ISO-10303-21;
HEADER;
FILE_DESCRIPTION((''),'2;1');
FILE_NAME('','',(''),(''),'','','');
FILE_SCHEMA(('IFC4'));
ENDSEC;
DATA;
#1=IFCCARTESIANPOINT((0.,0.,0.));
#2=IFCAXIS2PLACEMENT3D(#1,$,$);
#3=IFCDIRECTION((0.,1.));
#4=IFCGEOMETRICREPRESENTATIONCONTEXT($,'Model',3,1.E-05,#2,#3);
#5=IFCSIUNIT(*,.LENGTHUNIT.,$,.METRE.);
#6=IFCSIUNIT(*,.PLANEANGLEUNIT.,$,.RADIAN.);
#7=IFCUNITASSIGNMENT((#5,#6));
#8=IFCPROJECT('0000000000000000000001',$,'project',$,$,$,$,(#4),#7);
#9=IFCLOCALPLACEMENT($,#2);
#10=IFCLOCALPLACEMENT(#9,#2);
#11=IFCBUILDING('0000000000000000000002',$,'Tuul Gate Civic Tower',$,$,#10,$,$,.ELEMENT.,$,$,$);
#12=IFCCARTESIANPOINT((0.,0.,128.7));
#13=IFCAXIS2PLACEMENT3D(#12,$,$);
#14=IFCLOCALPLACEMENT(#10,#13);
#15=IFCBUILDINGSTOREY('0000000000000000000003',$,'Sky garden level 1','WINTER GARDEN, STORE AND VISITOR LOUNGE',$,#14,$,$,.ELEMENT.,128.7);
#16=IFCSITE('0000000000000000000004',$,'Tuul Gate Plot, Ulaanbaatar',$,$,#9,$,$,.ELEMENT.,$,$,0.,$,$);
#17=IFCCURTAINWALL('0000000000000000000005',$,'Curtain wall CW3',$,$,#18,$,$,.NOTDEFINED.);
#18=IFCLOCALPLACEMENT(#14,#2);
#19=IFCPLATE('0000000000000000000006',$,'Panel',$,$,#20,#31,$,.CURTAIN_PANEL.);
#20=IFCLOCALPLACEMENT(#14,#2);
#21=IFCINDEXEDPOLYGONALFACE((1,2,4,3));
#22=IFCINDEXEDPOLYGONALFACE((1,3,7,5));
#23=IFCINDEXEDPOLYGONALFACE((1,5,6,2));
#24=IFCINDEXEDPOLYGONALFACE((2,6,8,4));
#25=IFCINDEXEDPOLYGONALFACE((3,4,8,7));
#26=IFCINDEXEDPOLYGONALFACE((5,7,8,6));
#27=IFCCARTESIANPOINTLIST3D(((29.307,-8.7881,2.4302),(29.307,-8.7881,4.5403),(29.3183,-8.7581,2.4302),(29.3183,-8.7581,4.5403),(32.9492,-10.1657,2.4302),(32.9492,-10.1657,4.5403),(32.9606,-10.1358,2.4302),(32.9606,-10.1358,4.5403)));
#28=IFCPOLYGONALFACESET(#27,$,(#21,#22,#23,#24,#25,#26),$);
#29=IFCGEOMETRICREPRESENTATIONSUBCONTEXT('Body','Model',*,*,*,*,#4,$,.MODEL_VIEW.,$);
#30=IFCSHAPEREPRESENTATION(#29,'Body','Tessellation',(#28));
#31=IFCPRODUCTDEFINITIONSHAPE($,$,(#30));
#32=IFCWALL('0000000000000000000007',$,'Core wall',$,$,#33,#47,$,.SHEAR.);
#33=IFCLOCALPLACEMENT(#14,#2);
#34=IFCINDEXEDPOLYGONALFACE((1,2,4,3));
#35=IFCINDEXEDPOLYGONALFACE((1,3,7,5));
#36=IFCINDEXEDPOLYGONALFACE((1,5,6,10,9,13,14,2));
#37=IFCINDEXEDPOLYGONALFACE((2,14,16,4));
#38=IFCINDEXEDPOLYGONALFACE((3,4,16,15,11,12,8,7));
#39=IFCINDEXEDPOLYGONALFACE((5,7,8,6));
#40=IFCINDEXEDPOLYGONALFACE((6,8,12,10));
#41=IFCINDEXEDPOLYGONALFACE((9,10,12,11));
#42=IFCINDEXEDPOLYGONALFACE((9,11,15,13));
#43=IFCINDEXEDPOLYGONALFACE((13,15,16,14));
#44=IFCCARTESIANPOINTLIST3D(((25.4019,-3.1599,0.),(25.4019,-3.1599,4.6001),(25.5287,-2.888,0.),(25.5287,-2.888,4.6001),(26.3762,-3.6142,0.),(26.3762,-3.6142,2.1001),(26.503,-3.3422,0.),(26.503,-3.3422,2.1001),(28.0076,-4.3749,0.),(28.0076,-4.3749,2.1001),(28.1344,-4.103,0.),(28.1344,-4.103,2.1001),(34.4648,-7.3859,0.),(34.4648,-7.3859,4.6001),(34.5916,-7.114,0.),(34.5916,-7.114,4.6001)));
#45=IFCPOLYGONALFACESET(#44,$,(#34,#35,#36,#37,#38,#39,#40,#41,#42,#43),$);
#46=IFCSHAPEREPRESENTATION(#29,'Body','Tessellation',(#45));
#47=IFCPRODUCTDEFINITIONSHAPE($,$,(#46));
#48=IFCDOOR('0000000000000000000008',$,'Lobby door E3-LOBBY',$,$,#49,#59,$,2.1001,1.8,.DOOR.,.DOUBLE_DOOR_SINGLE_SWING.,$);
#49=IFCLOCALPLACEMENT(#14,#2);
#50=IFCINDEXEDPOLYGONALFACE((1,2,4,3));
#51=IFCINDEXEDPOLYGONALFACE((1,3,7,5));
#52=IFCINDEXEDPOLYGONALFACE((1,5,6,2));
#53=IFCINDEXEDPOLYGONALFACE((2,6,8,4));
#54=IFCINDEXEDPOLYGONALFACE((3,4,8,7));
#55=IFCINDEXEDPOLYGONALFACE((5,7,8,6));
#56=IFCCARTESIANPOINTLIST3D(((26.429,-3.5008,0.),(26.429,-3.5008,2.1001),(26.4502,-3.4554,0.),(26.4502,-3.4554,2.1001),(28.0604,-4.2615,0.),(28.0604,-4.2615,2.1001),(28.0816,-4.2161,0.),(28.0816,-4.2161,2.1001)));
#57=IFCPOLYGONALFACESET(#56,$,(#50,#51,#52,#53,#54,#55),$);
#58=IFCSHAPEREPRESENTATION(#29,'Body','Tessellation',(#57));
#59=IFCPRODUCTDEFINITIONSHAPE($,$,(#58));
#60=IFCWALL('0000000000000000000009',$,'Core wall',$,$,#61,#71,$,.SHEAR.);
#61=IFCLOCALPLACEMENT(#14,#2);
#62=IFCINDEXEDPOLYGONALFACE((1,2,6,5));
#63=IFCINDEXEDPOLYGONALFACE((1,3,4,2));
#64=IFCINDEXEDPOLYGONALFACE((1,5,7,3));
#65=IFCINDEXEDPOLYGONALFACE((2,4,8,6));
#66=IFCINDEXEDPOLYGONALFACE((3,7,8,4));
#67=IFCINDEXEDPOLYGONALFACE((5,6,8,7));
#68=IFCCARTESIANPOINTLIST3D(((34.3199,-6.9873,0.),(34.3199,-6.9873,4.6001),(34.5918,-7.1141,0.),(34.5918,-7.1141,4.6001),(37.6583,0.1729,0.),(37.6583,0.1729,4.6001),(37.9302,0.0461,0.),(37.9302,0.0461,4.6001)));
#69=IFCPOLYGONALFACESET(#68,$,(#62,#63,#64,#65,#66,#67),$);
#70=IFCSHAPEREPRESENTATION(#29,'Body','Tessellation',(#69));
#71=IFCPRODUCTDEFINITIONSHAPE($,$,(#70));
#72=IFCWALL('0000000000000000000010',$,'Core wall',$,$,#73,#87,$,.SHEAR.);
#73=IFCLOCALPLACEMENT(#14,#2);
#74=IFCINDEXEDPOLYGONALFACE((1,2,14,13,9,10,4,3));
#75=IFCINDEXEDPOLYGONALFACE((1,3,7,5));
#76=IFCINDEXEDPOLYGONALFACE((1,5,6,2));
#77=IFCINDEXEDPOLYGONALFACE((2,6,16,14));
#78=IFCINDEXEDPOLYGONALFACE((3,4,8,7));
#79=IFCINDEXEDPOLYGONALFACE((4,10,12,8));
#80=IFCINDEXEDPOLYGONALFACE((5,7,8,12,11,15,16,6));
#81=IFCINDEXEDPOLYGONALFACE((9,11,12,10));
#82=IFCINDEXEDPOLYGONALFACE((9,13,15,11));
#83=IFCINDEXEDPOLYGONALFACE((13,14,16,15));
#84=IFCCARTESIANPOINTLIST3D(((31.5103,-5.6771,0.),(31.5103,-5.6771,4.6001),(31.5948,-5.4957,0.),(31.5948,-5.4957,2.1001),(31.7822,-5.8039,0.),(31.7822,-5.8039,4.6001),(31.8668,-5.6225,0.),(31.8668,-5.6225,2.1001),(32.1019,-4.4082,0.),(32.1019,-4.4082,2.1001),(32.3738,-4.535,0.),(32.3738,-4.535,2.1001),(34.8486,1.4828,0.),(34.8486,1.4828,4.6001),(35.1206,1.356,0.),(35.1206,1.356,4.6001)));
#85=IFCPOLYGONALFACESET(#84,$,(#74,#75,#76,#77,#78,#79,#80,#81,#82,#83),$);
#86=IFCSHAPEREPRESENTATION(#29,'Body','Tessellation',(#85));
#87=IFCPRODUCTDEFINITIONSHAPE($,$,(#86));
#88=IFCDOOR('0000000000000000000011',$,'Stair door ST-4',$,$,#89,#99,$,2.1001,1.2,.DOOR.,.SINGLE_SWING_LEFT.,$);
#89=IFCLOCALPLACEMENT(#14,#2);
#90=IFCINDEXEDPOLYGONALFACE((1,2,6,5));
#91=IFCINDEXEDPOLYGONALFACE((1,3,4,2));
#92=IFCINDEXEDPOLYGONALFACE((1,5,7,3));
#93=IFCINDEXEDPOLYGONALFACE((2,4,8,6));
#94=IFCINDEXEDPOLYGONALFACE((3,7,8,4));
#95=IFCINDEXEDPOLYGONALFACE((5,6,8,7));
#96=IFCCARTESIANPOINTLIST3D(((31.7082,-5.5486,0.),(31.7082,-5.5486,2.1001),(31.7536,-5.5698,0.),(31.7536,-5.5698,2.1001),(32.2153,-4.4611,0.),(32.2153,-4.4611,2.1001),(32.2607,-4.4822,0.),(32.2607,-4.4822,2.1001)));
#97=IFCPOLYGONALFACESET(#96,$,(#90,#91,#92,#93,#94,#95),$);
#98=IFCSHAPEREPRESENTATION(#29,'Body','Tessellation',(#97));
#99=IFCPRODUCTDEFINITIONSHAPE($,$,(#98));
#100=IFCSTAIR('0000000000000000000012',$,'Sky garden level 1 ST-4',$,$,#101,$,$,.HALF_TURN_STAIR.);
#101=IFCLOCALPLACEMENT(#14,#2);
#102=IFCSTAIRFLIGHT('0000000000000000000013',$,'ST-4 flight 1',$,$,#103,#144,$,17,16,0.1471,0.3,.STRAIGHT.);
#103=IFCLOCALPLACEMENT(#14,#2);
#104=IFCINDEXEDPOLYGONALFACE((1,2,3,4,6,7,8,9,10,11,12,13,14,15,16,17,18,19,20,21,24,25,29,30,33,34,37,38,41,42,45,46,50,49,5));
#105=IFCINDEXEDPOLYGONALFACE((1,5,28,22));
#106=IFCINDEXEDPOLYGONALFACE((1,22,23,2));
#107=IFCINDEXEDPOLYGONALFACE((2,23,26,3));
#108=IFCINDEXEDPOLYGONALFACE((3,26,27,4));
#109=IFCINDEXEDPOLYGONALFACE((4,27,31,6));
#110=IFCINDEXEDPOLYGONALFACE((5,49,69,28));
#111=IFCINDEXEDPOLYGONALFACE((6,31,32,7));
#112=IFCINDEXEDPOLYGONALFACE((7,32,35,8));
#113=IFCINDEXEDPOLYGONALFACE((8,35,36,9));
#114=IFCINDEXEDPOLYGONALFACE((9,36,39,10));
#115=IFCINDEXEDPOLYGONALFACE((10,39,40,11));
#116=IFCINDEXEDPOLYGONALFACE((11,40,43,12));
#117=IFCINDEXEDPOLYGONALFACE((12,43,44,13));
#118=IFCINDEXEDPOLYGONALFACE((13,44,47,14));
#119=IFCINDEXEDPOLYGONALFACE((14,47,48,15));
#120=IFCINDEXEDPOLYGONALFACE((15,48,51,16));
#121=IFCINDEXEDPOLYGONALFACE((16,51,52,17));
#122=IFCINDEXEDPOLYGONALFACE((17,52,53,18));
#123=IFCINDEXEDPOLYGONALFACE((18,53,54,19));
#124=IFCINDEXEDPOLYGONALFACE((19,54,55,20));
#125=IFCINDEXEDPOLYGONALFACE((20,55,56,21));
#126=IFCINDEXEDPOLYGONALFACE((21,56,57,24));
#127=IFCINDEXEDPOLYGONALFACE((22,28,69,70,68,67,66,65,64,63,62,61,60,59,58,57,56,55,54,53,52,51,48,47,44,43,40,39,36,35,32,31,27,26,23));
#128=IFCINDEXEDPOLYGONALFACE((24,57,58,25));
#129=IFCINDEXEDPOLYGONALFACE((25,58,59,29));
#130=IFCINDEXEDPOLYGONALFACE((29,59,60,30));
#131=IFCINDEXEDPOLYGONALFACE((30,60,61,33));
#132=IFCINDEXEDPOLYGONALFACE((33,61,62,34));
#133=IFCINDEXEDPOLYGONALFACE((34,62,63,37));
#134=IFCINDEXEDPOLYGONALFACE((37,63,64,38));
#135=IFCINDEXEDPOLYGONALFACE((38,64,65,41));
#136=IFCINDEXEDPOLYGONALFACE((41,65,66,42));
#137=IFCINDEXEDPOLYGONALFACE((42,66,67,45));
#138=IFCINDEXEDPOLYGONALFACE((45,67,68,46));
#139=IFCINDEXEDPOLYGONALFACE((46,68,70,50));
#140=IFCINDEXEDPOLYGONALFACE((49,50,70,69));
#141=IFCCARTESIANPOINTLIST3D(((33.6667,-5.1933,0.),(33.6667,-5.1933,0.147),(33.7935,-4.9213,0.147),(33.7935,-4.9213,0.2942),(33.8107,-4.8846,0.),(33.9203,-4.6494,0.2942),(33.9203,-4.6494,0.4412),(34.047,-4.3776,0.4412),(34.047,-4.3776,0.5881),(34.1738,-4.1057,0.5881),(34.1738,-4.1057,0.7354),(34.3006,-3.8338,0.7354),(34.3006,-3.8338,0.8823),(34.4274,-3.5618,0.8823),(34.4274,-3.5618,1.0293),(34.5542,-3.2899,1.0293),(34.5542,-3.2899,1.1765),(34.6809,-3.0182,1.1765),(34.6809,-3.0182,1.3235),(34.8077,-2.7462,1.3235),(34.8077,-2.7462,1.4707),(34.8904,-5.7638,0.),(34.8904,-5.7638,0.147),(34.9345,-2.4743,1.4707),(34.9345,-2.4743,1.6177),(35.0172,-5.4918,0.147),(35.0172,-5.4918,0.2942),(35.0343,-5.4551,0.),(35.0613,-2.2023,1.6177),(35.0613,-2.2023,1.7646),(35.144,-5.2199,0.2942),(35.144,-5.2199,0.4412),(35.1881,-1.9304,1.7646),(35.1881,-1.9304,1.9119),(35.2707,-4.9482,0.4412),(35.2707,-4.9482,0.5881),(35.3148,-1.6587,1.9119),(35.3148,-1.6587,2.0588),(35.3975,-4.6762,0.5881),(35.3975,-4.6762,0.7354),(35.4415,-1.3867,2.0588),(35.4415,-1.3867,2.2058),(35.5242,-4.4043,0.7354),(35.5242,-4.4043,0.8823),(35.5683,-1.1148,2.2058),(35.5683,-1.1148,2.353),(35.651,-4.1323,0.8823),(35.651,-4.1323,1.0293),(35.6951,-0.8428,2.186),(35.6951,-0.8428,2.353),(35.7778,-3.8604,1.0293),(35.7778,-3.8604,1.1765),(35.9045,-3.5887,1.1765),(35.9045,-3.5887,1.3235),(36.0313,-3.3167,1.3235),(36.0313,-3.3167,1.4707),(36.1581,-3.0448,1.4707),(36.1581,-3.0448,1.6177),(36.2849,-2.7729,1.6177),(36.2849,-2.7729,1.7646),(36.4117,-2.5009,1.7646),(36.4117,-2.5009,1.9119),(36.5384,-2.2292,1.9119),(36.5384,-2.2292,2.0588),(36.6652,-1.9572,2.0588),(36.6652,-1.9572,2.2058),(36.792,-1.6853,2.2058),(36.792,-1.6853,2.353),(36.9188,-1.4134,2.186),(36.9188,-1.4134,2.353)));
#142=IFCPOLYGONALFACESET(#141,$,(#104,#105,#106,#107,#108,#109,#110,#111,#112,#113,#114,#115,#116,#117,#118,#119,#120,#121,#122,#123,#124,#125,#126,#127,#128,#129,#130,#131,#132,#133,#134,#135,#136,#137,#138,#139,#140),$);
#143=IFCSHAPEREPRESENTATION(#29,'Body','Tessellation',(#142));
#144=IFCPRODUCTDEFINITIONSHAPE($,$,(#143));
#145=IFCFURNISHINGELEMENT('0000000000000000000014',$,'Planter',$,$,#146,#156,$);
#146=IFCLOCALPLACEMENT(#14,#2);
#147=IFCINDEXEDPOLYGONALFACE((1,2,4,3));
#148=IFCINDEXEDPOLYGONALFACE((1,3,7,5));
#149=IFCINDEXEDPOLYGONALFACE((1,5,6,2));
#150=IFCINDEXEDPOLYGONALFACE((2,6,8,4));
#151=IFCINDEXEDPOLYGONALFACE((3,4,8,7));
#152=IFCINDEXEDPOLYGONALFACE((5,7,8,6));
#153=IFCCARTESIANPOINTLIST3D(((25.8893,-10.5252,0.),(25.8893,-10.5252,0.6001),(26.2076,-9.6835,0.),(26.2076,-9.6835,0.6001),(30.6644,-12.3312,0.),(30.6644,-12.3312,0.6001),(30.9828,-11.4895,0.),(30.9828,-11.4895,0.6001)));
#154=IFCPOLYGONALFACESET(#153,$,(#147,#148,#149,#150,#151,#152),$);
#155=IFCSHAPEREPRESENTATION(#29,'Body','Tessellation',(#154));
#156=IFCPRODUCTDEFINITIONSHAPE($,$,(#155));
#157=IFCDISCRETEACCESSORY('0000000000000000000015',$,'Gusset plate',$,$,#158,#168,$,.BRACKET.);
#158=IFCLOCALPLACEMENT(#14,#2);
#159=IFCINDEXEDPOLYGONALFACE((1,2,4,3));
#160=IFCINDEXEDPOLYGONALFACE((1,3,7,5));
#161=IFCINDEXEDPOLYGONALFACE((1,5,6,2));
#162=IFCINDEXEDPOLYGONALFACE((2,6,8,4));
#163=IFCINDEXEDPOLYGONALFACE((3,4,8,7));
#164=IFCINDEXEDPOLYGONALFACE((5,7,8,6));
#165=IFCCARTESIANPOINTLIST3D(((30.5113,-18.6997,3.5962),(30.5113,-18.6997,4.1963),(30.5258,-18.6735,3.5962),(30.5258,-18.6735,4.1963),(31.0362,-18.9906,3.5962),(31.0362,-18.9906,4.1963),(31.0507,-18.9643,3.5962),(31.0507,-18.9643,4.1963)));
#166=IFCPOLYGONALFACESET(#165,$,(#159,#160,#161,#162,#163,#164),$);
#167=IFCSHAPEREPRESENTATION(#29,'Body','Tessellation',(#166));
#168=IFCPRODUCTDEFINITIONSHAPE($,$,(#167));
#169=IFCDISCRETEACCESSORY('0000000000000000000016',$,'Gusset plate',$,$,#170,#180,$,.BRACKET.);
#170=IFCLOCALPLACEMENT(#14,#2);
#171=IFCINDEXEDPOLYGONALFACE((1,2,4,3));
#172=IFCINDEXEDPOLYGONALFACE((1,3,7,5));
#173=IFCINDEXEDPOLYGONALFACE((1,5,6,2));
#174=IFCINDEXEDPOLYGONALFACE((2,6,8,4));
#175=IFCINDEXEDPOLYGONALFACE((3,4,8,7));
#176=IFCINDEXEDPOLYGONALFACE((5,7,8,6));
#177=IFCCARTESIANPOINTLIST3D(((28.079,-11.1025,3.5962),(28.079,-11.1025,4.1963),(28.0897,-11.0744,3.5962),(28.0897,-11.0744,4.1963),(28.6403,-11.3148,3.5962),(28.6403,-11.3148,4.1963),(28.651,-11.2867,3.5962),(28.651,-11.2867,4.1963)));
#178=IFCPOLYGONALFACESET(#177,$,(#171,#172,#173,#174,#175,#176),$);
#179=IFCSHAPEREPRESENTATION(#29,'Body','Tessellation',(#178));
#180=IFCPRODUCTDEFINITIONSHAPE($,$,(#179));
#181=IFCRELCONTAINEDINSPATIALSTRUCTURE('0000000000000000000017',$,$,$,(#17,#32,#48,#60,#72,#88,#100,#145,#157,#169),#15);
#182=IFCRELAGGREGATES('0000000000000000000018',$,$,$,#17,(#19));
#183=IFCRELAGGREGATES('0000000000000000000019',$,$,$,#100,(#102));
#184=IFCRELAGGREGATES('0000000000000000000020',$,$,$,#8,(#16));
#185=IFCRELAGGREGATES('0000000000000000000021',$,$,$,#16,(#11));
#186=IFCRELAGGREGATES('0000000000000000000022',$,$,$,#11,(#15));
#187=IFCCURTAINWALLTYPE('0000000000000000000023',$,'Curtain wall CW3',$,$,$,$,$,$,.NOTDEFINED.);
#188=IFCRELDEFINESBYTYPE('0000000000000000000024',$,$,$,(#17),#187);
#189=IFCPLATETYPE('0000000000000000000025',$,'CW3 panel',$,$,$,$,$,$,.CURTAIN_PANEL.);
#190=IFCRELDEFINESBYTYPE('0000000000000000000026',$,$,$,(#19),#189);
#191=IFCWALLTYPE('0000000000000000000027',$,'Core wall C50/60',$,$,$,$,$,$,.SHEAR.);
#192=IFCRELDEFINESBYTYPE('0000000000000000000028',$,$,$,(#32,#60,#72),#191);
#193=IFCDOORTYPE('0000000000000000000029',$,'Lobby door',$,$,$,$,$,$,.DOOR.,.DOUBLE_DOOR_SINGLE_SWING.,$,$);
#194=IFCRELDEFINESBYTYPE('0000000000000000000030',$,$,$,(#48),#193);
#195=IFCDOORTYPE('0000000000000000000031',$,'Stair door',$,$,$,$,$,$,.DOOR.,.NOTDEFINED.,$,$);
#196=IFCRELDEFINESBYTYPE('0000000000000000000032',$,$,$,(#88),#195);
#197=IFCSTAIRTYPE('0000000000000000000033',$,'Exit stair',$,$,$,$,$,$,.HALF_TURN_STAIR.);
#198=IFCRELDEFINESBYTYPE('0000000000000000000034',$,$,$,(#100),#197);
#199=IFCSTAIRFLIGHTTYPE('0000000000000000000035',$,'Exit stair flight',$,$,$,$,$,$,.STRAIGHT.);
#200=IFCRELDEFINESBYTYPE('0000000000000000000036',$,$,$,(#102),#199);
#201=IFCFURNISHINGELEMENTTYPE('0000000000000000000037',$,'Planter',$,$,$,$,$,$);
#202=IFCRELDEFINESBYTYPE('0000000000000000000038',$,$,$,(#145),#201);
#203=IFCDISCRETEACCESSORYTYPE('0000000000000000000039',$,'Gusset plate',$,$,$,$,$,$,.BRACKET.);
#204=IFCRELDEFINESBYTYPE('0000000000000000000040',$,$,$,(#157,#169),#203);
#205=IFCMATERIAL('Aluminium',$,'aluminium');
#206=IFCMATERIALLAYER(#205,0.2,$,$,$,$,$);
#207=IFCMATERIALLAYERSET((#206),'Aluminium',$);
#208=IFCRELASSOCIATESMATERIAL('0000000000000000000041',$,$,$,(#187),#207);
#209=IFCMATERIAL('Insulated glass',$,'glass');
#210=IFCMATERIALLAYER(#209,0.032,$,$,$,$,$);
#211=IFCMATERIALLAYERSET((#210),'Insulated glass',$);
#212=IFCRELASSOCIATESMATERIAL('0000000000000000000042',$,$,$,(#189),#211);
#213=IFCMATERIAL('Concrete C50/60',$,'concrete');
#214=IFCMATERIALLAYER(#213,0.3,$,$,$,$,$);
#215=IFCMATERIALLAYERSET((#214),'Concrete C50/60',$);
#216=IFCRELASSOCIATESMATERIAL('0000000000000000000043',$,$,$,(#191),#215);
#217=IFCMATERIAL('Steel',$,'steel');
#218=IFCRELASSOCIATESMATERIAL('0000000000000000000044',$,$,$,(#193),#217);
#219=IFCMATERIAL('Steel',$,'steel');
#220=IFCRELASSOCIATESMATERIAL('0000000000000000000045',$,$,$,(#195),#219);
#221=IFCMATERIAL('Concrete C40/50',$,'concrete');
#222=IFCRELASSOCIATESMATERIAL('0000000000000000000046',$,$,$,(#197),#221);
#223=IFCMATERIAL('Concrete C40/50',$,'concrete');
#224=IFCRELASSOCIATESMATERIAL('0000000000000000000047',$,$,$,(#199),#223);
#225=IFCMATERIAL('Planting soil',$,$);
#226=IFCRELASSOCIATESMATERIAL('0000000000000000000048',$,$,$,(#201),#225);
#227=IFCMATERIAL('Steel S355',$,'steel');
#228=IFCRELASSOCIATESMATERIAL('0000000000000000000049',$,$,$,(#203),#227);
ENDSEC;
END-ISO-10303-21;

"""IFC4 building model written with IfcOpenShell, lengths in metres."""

from ifc_helpers import new_model, si_unit, direction, frame, frame_2d, origin, origin_2d, place, context, subcontext, project, spatial, polyline, rectangle, outline, extrude, material, layer, layer_set, type_object, element, fill, aggregate, save


model = new_model("IFC4")

# Units and contexts
model_context = context("Model", 3, precision=1e-05, world=origin(), true_north=direction((0.0, 1.0)))
body_context = subcontext(model_context, "Body", "Model", "MODEL_VIEW")
ifc_project = project(units=[si_unit("LENGTHUNIT", "METRE"), si_unit("PLANEANGLEUNIT", "RADIAN")], contexts=[model_context])

# Site, building, storey
site_placement = place(None, origin())
site = spatial("IfcSite", under=ifc_project, at=site_placement, Name="Tuul Gate Plot, Ulaanbaatar", CompositionType="ELEMENT", RefElevation=0.0)
building_placement = place(site_placement, origin())
building = spatial("IfcBuilding", under=site, at=building_placement, Name="Tuul Gate Civic Tower", CompositionType="ELEMENT")
storey_placement = place(building_placement, frame((0.0, 0.0, 128.7)))
storey = spatial("IfcBuildingStorey", under=building, at=storey_placement, Name="Sky garden level 1", Description="WINTER GARDEN, STORE AND VISITOR LOUNGE", CompositionType="ELEMENT", Elevation=128.7)

# Curtain wall
ifc_material_1 = material(Name="Aluminium", Category="aluminium")
ifc_layer_1 = layer(ifc_material_1, 0.2)
ifc_layer_set_1 = layer_set([ifc_layer_1], Name="Aluminium")
curtain_wall_type = type_object("IfcCurtainWallType", Name="Curtain wall CW3", PredefinedType="NOTDEFINED", material=ifc_layer_set_1)
curtain_wall_placement = place(storey_placement, origin())
curtain_wall = element("IfcCurtainWall", 1, at=curtain_wall_placement, inside=storey, type_object=curtain_wall_type, Name="Curtain wall CW3", PredefinedType="NOTDEFINED")

# Plate
ifc_material_2 = material(Name="Insulated glass", Category="glass")
ifc_layer_2 = layer(ifc_material_2, 0.032)
ifc_layer_set_2 = layer_set([ifc_layer_2], Name="Insulated glass")
plate_type = type_object("IfcPlateType", Name="CW3 panel", PredefinedType="CURTAIN_PANEL", material=ifc_layer_set_2)
plate_1_placement = place(storey_placement, frame((31.1338, -9.4619, 2.4302), z_axis=(0.0, 0.0, 1.0), x_axis=(0.93533, -0.353776, 0.0)))
plate_1 = element("IfcPlate", 2, at=plate_1_placement, type_object=plate_type, Name="Panel", PredefinedType="CURTAIN_PANEL", context=body_context, shape_type="SweptSolid", body=[
    extrude(rectangle(XDim=3.894, YDim=0.032, at=origin_2d()), origin(), (0.0, 0.0, 1.0), 2.1101),
])
aggregate(curtain_wall, [plate_1])

# Wall, opening, door
ifc_material_3 = material(Name="Concrete C50/60", Category="concrete")
ifc_layer_3 = layer(ifc_material_3, 0.3)
ifc_layer_set_3 = layer_set([ifc_layer_3], Name="Concrete C50/60")
wall_type_1 = type_object("IfcWallType", Name="Core wall C50/60", PredefinedType="SHEAR", material=ifc_layer_set_3)
wall_1_placement = place(storey_placement, frame((34.5283, -7.25, 0.0), z_axis=(0.0, 0.0, 1.0), x_axis=(-0.90631, 0.422613, 0.0)))
wall_1 = element("IfcWall", 3, at=wall_1_placement, inside=storey, type_object=wall_type_1, Name="Core wall", PredefinedType="SHEAR", context=body_context, shape_type="SweptSolid", body=[
    extrude(rectangle(XDim=9.9998, YDim=0.3, at=frame_2d((5.0, 0.0))), origin(), (0.0, 0.0, 1.0), 4.6001),
])
opening_1_placement = place(wall_1_placement, frame((7.125, 0.0, 0.0)))
opening_1 = element("IfcOpeningElement", 4, at=opening_1_placement, cuts=wall_1, PredefinedType="OPENING", context=body_context, shape_type="SweptSolid", body=[
    extrude(rectangle(XDim=1.8, YDim=2.1001, at=frame_2d((0.8999, 1.05))), frame((0.0, 0.1602, 0.0), z_axis=(0.0, -1.0, 0.0), x_axis=(1.0, 0.0, 0.0)), (0.0, 0.0, 1.0), 0.3201),
])
ifc_material_4 = material(Name="Steel", Category="steel")
door_type_1 = type_object("IfcDoorType", Name="Lobby door", OperationType="DOUBLE_DOOR_SINGLE_SWING", PredefinedType="DOOR", material=ifc_material_4)
door_1_placement = place(opening_1_placement, origin())
door_1 = element("IfcDoor", 5, at=door_1_placement, inside=storey, type_object=door_type_1, Name="Lobby door E3-LOBBY", OperationType="DOUBLE_DOOR_SINGLE_SWING", OverallHeight=2.1001, OverallWidth=1.8, PredefinedType="DOOR", context=body_context, shape_type="SweptSolid", body=[
    extrude(rectangle(XDim=1.8, YDim=2.1001, at=frame_2d((0.8999, 1.05))), frame((0.0, 0.0249, 0.0), z_axis=(0.0, -1.0, 0.0), x_axis=(1.0, 0.0, 0.0)), (0.0, 0.0, 1.0), 0.05),
])
fill(opening_1, door_1)

# Wall
wall_2_placement = place(storey_placement, frame((34.4558, -7.0508, 0.0), z_axis=(0.0, 0.0, 1.0), x_axis=(0.422571, 0.90633, 0.0)))
element("IfcWall", 6, at=wall_2_placement, inside=storey, type_object=wall_type_1, Name="Core wall", PredefinedType="SHEAR", context=body_context, shape_type="SweptSolid", body=[
    extrude(rectangle(XDim=7.9001, YDim=0.3, at=frame_2d((3.9502, 0.0))), origin(), (0.0, 0.0, 1.0), 4.6001),
])

# Wall, opening, door
wall_3_placement = place(storey_placement, frame((31.6462, -5.7405, 0.0), z_axis=(0.0, 0.0, 1.0), x_axis=(0.422583, 0.906324, 0.0)))
wall_3 = element("IfcWall", 7, at=wall_3_placement, inside=storey, type_object=wall_type_1, Name="Core wall", PredefinedType="SHEAR", context=body_context, shape_type="SweptSolid", body=[
    extrude(rectangle(XDim=7.8999, YDim=0.3, at=frame_2d((3.95, 0.0))), origin(), (0.0, 0.0, 1.0), 4.6001),
])
opening_2_placement = place(wall_3_placement, frame((0.2, 0.0, 0.0)))
opening_2 = element("IfcOpeningElement", 8, at=opening_2_placement, cuts=wall_3, PredefinedType="OPENING", context=body_context, shape_type="SweptSolid", body=[
    extrude(rectangle(XDim=1.2, YDim=2.1001, at=frame_2d((0.6001, 1.05))), frame((0.0, 0.1602, 0.0), z_axis=(0.0, -1.0, 0.0), x_axis=(1.0, 0.0, 0.0)), (0.0, 0.0, 1.0), 0.3201),
])
ifc_material_5 = material(Name="Steel", Category="steel")
door_type_2 = type_object("IfcDoorType", Name="Stair door", OperationType="NOTDEFINED", PredefinedType="DOOR", material=ifc_material_5)
door_2_placement = place(opening_2_placement, origin())
door_2 = element("IfcDoor", 9, at=door_2_placement, inside=storey, type_object=door_type_2, Name="Stair door ST-4", OperationType="SINGLE_SWING_LEFT", OverallHeight=2.1001, OverallWidth=1.2, PredefinedType="DOOR", context=body_context, shape_type="SweptSolid", body=[
    extrude(rectangle(XDim=1.2, YDim=2.1001, at=frame_2d((0.6001, 1.05))), frame((0.0, 0.0249, 0.0), z_axis=(0.0, -1.0, 0.0), x_axis=(1.0, 0.0, 0.0)), (0.0, 0.0, 1.0), 0.05),
])
fill(opening_2, door_2)

# Stair, stair flight
ifc_material_6 = material(Name="Concrete C40/50", Category="concrete")
stair_type = type_object("IfcStairType", Name="Exit stair", PredefinedType="HALF_TURN_STAIR", material=ifc_material_6)
stair_placement = place(storey_placement, origin())
stair = element("IfcStair", 10, at=stair_placement, inside=storey, type_object=stair_type, Name="Sky garden level 1 ST-4", PredefinedType="HALF_TURN_STAIR")
ifc_material_7 = material(Name="Concrete C40/50", Category="concrete")
stair_flight_type = type_object("IfcStairFlightType", Name="Exit stair flight", PredefinedType="STRAIGHT", material=ifc_material_7)
stair_flight_placement = place(storey_placement, frame((34.2786, -5.4785, 0.0), z_axis=(0.0, 0.0, 1.0), x_axis=(0.422576, 0.906327, 0.0)))
stair_flight = element("IfcStairFlight", 11, at=stair_flight_placement, type_object=stair_flight_type, Name="ST-4 flight 1", NumberOfRisers=17, NumberOfTreads=16, PredefinedType="STRAIGHT", RiserHeight=0.1471, TreadLength=0.3, context=body_context, shape_type="SweptSolid", body=[
    extrude(outline(polyline([(0.0, 0.0), (0.0, 0.147), (0.3, 0.147), (0.3, 0.2942), (0.6001, 0.2942), (0.6001, 0.4412), (0.8999, 0.4412), (0.8999, 0.5881), (1.2, 0.5881), (1.2, 0.7354), (1.5, 0.7354), (1.5, 0.8823), (1.8, 0.8823), (1.8, 1.0293), (2.1001, 1.0293), (2.1001, 1.1765), (2.3999, 1.1765), (2.3999, 1.3235), (2.7, 1.3235), (2.7, 1.4707), (3.0, 1.4707), (3.0, 1.6177), (3.3, 1.6177), (3.3, 1.7646), (3.6001, 1.7646), (3.6001, 1.9119), (3.8999, 1.9119), (3.8999, 2.0588), (4.2, 2.0588), (4.2, 2.2058), (4.5, 2.2058), (4.5, 2.353), (4.8, 2.353), (4.8, 2.5), (4.8, 2.186), (0.3406, 0.0), (0.0, 0.0)])), frame((0.0, 0.675, 0.0), z_axis=(0.0, -1.0, 0.0), x_axis=(1.0, 0.0, 0.0)), (0.0, 0.0, 1.0), 1.3501),
])
aggregate(stair, [stair_flight])

# Furnishing element
ifc_material_8 = material(Name="Planting soil")
furnishing_element_type = type_object("IfcFurnishingElementType", Name="Planter", material=ifc_material_8)
furnishing_placement = place(storey_placement, frame((28.436, -11.0073, 0.0), z_axis=(0.0, 0.0, 1.0), x_axis=(0.93534, -0.35375, 0.0)))
element("IfcFurnishingElement", 12, at=furnishing_placement, inside=storey, type_object=furnishing_element_type, Name="Planter", context=body_context, shape_type="SweptSolid", body=[
    extrude(rectangle(XDim=5.1052, YDim=0.8999, at=origin_2d()), origin(), (0.0, 0.0, 1.0), 0.6001),
])

# Discrete accessories
ifc_material_9 = material(Name="Steel S355", Category="steel")
discrete_accessory_type = type_object("IfcDiscreteAccessoryType", Name="Gusset plate", PredefinedType="BRACKET", material=ifc_material_9)
for number, where, z_axis, x_axis, name in (
    (13, (30.781, -18.832, 3.5962), (0.0, 0.0, 1.0), (-0.874654, 0.484748, 0.0), "Gusset plate"),
    (14, (28.365, -11.1946, 3.5962), (0.0, 0.0, 1.0), (-0.935351, 0.353721, 0.0), "Gusset plate"),
):
    element("IfcDiscreteAccessory", number, at=place(storey_placement, frame(where, z_axis=z_axis, x_axis=x_axis)), inside=storey, type_object=discrete_accessory_type, Name=name, PredefinedType="BRACKET", context=body_context, shape_type="SweptSolid", body=[
        extrude(rectangle(XDim=0.6001, YDim=0.03, at=origin_2d()), origin(), (0.0, 0.0, 1.0), 0.6001),
    ])

save(model, "model.ifc")
